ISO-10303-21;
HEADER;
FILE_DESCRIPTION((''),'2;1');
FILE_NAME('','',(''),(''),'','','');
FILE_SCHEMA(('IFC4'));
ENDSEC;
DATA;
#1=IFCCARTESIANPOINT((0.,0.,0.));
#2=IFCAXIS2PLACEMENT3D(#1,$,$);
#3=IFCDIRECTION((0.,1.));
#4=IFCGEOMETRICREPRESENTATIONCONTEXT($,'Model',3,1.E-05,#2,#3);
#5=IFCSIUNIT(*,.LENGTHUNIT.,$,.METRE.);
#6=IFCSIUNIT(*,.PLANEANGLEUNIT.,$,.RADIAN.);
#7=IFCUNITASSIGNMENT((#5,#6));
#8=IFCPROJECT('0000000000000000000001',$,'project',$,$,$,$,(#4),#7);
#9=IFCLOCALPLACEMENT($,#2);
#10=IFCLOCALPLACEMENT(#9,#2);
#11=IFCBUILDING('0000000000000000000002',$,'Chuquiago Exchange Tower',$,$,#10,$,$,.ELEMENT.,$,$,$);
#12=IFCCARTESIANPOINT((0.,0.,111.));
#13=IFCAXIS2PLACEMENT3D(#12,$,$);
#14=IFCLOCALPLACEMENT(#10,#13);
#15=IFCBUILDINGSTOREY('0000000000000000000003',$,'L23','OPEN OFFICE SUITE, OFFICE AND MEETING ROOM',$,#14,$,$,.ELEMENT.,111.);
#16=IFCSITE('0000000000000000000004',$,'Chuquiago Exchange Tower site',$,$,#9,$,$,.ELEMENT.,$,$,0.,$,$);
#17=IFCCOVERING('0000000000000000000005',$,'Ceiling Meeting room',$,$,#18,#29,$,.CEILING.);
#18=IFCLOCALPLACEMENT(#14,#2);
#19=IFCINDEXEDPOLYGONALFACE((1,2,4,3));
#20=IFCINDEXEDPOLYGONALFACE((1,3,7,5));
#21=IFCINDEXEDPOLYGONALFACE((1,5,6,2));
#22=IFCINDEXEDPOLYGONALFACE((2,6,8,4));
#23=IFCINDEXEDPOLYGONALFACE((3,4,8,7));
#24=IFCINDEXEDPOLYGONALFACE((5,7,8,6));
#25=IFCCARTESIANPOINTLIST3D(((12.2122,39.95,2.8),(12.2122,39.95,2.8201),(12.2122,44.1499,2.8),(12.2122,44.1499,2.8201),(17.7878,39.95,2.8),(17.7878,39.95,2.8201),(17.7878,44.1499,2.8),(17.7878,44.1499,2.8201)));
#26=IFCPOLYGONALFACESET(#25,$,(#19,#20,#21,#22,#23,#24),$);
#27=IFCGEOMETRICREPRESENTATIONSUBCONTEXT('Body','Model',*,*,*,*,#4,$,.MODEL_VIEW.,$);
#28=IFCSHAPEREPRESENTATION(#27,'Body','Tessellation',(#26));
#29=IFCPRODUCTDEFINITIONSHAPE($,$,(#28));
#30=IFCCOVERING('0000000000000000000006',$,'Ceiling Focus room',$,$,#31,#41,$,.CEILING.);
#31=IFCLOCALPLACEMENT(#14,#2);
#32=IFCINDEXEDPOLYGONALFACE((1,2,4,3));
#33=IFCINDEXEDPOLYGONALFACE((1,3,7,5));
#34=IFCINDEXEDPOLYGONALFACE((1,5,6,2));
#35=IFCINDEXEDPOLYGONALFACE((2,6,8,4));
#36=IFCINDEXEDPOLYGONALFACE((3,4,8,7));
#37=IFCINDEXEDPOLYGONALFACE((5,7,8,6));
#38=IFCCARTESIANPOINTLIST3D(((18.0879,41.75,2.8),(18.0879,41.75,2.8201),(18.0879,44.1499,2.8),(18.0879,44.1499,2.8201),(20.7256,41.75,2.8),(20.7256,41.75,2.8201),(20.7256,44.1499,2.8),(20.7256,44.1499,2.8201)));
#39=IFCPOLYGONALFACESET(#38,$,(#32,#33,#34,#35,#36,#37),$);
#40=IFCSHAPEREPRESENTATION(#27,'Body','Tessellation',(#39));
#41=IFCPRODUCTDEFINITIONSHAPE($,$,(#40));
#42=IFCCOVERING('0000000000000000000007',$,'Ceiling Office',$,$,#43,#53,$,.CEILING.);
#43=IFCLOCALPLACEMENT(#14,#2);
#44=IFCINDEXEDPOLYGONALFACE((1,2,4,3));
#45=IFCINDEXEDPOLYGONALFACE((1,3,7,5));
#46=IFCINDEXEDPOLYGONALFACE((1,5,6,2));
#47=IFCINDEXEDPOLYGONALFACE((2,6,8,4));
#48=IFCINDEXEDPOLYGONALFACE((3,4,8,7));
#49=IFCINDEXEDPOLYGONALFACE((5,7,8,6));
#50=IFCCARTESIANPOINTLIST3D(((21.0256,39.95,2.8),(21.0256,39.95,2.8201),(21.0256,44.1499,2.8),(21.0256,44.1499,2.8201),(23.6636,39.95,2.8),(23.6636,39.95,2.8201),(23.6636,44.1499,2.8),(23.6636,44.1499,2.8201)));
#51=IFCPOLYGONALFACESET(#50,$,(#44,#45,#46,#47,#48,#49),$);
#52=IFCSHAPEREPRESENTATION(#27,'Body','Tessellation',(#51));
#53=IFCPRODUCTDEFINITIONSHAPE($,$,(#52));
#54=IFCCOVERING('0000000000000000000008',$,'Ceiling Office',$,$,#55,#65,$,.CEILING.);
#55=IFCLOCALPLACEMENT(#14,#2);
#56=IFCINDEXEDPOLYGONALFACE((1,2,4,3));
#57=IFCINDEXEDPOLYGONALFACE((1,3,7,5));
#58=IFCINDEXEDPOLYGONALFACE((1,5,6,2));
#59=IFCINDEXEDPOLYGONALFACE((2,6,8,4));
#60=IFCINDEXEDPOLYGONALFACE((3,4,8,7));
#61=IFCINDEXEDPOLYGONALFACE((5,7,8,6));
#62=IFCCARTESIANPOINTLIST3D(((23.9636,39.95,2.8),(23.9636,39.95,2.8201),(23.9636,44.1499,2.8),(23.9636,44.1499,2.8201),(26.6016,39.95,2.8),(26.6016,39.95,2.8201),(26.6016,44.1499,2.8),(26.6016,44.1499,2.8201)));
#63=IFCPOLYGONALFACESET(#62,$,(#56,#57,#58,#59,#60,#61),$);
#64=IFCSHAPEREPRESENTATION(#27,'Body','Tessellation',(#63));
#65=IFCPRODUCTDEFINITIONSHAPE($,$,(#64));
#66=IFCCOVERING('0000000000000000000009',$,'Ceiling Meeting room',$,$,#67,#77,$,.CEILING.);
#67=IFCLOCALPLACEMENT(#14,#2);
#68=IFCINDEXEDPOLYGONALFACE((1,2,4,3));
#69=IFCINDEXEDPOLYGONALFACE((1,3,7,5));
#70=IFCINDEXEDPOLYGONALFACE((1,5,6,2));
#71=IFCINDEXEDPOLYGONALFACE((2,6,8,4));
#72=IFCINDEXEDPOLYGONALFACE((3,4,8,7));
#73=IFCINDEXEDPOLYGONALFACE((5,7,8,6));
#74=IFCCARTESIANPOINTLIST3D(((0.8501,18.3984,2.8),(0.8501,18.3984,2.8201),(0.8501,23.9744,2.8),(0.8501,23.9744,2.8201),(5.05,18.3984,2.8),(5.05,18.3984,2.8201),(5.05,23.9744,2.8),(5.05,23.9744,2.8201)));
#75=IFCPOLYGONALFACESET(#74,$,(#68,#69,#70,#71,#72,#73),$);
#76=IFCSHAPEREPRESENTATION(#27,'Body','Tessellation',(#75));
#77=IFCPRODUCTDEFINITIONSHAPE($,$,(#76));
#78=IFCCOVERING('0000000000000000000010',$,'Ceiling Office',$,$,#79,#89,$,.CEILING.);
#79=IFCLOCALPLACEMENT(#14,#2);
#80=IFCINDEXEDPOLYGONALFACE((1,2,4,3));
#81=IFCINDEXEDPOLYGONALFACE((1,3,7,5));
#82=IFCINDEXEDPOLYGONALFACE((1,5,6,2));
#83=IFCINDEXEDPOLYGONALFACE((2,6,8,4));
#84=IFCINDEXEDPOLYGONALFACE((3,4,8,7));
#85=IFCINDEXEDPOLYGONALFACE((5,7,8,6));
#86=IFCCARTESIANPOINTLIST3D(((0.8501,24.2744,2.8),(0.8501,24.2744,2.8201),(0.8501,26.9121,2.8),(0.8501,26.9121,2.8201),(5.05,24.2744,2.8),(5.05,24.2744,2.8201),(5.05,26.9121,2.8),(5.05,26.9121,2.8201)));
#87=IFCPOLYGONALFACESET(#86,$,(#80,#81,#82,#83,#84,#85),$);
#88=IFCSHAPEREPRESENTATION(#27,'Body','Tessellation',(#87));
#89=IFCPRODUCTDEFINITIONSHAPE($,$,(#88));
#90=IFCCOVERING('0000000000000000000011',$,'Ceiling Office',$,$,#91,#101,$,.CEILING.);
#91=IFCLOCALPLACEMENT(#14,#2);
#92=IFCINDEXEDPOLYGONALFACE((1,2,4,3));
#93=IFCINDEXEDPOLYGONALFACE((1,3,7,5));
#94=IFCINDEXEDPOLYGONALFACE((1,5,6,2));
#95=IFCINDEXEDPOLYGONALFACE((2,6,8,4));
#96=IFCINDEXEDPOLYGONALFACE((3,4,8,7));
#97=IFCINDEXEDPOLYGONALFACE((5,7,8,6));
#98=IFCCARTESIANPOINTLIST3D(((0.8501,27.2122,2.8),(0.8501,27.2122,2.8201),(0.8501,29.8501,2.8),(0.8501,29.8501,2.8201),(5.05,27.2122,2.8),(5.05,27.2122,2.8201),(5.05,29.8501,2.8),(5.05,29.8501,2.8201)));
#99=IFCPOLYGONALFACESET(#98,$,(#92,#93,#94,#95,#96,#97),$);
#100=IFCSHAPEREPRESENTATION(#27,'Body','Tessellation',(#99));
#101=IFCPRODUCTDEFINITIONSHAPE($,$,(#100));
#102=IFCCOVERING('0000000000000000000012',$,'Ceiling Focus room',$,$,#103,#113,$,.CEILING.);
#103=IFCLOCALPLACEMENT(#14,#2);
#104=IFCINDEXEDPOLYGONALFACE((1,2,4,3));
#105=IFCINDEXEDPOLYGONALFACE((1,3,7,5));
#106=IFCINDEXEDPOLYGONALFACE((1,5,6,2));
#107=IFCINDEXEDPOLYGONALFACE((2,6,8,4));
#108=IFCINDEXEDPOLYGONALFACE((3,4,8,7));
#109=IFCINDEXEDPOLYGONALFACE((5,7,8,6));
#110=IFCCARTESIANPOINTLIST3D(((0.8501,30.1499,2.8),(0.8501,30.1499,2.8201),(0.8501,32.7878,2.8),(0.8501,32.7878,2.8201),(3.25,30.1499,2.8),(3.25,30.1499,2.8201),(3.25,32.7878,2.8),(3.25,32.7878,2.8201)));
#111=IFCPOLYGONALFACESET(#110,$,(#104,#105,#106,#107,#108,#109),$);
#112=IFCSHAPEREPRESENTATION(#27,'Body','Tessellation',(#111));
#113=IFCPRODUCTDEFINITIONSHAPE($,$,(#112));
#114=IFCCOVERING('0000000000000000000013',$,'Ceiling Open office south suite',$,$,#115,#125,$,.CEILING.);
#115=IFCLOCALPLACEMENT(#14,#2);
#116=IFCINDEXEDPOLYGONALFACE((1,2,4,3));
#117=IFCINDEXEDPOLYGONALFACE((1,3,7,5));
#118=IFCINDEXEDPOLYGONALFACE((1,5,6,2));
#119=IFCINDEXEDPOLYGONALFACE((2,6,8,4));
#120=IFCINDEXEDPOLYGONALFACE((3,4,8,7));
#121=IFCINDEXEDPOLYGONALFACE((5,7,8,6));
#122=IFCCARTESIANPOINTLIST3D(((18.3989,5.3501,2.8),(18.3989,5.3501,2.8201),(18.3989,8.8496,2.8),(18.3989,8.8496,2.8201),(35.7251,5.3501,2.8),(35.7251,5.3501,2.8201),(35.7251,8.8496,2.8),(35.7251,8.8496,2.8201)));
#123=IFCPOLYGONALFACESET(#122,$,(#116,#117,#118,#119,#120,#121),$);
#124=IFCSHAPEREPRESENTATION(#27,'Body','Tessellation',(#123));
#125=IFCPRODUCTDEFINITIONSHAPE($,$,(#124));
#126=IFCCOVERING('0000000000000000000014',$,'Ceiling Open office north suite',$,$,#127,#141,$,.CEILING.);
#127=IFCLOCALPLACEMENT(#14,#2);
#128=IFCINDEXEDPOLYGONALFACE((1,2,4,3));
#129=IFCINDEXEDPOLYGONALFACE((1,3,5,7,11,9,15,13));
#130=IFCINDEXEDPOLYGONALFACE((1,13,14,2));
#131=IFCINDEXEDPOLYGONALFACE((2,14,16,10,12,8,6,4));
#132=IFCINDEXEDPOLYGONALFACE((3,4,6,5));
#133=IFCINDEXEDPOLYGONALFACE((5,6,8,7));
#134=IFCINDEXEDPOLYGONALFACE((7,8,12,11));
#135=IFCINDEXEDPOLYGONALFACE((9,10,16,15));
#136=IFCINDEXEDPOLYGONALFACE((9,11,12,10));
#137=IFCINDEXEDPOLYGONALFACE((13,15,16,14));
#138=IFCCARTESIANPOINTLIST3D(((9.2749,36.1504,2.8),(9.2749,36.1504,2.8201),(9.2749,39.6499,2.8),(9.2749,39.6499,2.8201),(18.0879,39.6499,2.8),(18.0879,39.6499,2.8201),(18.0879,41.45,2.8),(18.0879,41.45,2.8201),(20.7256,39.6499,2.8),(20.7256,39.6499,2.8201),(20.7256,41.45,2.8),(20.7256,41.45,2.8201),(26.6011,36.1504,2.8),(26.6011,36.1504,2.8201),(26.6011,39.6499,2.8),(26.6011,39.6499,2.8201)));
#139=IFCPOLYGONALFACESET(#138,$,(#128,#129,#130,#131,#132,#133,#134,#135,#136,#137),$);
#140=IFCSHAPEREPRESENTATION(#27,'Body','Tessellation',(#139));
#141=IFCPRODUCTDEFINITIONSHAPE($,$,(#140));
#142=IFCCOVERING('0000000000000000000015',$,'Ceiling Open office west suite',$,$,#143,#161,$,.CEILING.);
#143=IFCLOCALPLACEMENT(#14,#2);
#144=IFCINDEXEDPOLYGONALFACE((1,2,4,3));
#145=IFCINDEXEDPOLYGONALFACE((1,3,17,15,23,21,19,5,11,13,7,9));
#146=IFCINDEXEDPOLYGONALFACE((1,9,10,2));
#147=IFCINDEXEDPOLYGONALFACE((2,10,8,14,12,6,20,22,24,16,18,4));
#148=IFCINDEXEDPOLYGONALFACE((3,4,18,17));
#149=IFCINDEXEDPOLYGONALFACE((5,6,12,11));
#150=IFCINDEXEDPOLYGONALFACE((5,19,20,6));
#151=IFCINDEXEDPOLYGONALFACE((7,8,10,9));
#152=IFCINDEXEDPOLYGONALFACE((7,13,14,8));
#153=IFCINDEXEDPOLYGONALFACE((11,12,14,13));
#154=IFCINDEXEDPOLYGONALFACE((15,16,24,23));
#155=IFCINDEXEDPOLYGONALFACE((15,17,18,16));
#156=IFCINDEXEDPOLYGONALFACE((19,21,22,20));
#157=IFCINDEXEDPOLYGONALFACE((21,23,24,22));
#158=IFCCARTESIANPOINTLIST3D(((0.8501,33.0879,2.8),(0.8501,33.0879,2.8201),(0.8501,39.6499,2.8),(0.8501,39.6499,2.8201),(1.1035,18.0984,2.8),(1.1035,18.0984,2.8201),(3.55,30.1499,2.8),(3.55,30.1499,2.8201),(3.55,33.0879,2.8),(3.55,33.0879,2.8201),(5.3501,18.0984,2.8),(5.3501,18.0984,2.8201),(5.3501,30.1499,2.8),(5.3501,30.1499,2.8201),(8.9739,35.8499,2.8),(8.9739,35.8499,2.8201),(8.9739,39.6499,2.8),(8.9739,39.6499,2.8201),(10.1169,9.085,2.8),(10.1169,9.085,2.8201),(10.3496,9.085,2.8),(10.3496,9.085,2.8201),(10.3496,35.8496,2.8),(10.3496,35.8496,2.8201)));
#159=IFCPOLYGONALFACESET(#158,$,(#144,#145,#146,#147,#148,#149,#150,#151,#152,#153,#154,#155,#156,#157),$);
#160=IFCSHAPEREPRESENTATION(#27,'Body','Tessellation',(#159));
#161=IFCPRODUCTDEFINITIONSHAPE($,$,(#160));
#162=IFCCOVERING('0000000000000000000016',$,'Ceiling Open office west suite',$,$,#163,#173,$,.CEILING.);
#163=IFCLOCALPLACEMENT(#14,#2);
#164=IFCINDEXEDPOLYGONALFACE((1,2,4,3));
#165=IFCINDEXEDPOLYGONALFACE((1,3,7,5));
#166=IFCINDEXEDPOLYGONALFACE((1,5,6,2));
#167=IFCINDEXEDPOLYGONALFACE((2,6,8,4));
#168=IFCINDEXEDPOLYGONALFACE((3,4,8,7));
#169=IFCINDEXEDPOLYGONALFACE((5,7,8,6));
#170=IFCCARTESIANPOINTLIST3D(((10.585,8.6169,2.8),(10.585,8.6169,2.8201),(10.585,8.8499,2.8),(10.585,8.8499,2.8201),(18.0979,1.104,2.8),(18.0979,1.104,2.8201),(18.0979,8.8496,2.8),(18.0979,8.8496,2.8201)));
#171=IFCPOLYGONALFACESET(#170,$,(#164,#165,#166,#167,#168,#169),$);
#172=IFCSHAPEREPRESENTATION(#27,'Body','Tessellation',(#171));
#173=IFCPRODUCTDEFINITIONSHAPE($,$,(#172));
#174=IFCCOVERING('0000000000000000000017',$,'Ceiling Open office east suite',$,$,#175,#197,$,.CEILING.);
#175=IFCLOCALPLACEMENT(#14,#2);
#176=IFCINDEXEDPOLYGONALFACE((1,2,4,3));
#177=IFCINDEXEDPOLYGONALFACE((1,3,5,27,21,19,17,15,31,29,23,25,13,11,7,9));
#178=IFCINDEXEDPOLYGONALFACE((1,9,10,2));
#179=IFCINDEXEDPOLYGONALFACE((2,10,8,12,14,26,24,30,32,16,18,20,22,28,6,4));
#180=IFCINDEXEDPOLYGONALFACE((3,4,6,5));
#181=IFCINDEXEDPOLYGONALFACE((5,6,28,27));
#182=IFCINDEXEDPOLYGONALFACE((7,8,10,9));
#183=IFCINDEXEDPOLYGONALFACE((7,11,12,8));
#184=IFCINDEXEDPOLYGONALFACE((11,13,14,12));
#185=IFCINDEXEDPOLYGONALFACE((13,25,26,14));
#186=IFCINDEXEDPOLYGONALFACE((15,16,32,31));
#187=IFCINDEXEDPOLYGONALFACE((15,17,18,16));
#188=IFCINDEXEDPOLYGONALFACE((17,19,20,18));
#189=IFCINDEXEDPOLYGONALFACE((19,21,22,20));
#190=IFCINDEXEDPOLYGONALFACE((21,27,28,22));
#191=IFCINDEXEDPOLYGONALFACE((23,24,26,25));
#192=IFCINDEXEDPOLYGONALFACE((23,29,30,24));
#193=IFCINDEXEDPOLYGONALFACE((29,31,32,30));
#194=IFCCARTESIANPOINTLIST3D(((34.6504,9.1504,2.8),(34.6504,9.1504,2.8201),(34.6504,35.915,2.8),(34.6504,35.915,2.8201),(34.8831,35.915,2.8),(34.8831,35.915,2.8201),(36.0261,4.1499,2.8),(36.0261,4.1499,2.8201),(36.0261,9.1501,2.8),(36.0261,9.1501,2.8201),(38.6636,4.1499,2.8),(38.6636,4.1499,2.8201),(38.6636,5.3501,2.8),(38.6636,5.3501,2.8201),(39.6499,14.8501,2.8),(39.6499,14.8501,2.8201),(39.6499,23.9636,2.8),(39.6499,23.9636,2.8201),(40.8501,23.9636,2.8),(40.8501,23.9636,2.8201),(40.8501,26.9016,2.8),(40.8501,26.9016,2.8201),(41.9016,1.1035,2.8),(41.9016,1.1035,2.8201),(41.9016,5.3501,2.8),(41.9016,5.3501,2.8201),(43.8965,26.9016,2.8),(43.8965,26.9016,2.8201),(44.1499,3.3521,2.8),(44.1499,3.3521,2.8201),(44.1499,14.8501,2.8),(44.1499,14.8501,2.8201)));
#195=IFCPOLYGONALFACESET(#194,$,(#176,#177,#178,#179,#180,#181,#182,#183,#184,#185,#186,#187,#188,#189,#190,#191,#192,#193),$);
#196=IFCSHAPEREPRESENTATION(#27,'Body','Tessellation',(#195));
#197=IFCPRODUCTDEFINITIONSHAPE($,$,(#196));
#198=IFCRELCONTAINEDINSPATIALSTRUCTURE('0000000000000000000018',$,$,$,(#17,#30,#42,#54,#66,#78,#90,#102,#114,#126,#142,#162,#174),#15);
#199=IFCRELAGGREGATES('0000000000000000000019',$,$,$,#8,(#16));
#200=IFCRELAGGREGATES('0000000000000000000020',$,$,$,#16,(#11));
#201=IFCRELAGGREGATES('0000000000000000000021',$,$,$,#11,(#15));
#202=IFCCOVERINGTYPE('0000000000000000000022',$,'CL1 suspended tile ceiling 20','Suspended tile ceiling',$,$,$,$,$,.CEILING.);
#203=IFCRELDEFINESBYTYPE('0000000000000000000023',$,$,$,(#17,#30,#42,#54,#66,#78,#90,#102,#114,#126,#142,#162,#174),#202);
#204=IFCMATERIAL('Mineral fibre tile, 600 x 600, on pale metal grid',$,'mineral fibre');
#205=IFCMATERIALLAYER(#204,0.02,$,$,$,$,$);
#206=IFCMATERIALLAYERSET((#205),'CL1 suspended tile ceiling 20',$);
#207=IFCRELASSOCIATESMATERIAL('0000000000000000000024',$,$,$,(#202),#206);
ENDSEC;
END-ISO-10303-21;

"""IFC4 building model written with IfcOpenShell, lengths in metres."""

from ifc_helpers import new_model, si_unit, direction, frame, origin, place, context, subcontext, project, spatial, polyline, outline, extrude, material, layer, layer_set, type_object, element, save


model = new_model("IFC4")

# Units and contexts
model_context = context("Model", 3, precision=1e-05, world=origin(), true_north=direction((0.0, 1.0)))
body_context = subcontext(model_context, "Body", "Model", "MODEL_VIEW")
ifc_project = project(units=[si_unit("LENGTHUNIT", "METRE"), si_unit("PLANEANGLEUNIT", "RADIAN")], contexts=[model_context])

# Site, building, storey
site_placement = place(None, origin())
site = spatial("IfcSite", under=ifc_project, at=site_placement, Name="Chuquiago Exchange Tower site", CompositionType="ELEMENT", RefElevation=0.0)
building_placement = place(site_placement, origin())
building = spatial("IfcBuilding", under=site, at=building_placement, Name="Chuquiago Exchange Tower", CompositionType="ELEMENT")
storey_placement = place(building_placement, frame((0.0, 0.0, 111.0)))
storey = spatial("IfcBuildingStorey", under=building, at=storey_placement, Name="L23", Description="OPEN OFFICE SUITE, OFFICE AND MEETING ROOM", CompositionType="ELEMENT", Elevation=111.0)

# Coverings
ifc_material_1 = material(Name="Mineral fibre tile, 600 x 600, on pale metal grid", Category="mineral fibre")
ifc_layer_1 = layer(ifc_material_1, 0.02)
ifc_layer_set_1 = layer_set([ifc_layer_1], Name="CL1 suspended tile ceiling 20")
covering_type_1 = type_object("IfcCoveringType", Name="CL1 suspended tile ceiling 20", Description="Suspended tile ceiling", PredefinedType="CEILING", material=ifc_layer_set_1)
covering_1_placement = place(storey_placement, frame((0.0, 0.0, 2.8)))
element("IfcCovering", 1, at=covering_1_placement, inside=storey, type_object=covering_type_1, Name="Ceiling Meeting room", PredefinedType="CEILING", context=body_context, shape_type="SweptSolid", body=[
    extrude(outline(polyline([(17.7878, 39.95), (12.2122, 39.95), (12.2122, 44.1499), (17.7878, 44.1499), (17.7878, 39.95)])), origin(), (0.0, 0.0, 1.0), 0.02),
])
covering_2_placement = place(storey_placement, frame((0.0, 0.0, 2.8)))
element("IfcCovering", 2, at=covering_2_placement, inside=storey, type_object=covering_type_1, Name="Ceiling Focus room", PredefinedType="CEILING", context=body_context, shape_type="SweptSolid", body=[
    extrude(outline(polyline([(20.7256, 41.75), (18.0879, 41.75), (18.0879, 44.1499), (20.7256, 44.1499), (20.7256, 41.75)])), origin(), (0.0, 0.0, 1.0), 0.02),
])
covering_3_placement = place(storey_placement, frame((0.0, 0.0, 2.8)))
element("IfcCovering", 3, at=covering_3_placement, inside=storey, type_object=covering_type_1, Name="Ceiling Office", PredefinedType="CEILING", context=body_context, shape_type="SweptSolid", body=[
    extrude(outline(polyline([(23.6636, 39.95), (21.0256, 39.95), (21.0256, 44.1499), (23.6636, 44.1499), (23.6636, 39.95)])), origin(), (0.0, 0.0, 1.0), 0.02),
])
covering_4_placement = place(storey_placement, frame((0.0, 0.0, 2.8)))
element("IfcCovering", 4, at=covering_4_placement, inside=storey, type_object=covering_type_1, Name="Ceiling Office", PredefinedType="CEILING", context=body_context, shape_type="SweptSolid", body=[
    extrude(outline(polyline([(26.6016, 39.95), (23.9636, 39.95), (23.9636, 44.1499), (26.6016, 44.1499), (26.6016, 39.95)])), origin(), (0.0, 0.0, 1.0), 0.02),
])
covering_5_placement = place(storey_placement, frame((0.0, 0.0, 2.8)))
element("IfcCovering", 5, at=covering_5_placement, inside=storey, type_object=covering_type_1, Name="Ceiling Meeting room", PredefinedType="CEILING", context=body_context, shape_type="SweptSolid", body=[
    extrude(outline(polyline([(0.8501, 23.9744), (5.05, 23.9744), (5.05, 18.3984), (0.8501, 18.3984), (0.8501, 23.9744)])), origin(), (0.0, 0.0, 1.0), 0.02),
])
covering_6_placement = place(storey_placement, frame((0.0, 0.0, 2.8)))
element("IfcCovering", 6, at=covering_6_placement, inside=storey, type_object=covering_type_1, Name="Ceiling Office", PredefinedType="CEILING", context=body_context, shape_type="SweptSolid", body=[
    extrude(outline(polyline([(5.05, 26.9121), (5.05, 24.2744), (0.8501, 24.2744), (0.8501, 26.9121), (5.05, 26.9121)])), origin(), (0.0, 0.0, 1.0), 0.02),
])
covering_7_placement = place(storey_placement, frame((0.0, 0.0, 2.8)))
element("IfcCovering", 7, at=covering_7_placement, inside=storey, type_object=covering_type_1, Name="Ceiling Office", PredefinedType="CEILING", context=body_context, shape_type="SweptSolid", body=[
    extrude(outline(polyline([(5.05, 29.8501), (5.05, 27.2122), (0.8501, 27.2122), (0.8501, 29.8501), (5.05, 29.8501)])), origin(), (0.0, 0.0, 1.0), 0.02),
])
covering_8_placement = place(storey_placement, frame((0.0, 0.0, 2.8)))
element("IfcCovering", 8, at=covering_8_placement, inside=storey, type_object=covering_type_1, Name="Ceiling Focus room", PredefinedType="CEILING", context=body_context, shape_type="SweptSolid", body=[
    extrude(outline(polyline([(3.25, 32.7878), (3.25, 30.1499), (0.8501, 30.1499), (0.8501, 32.7878), (3.25, 32.7878)])), origin(), (0.0, 0.0, 1.0), 0.02),
])
covering_9_placement = place(storey_placement, frame((0.0, 0.0, 2.8)))
element("IfcCovering", 9, at=covering_9_placement, inside=storey, type_object=covering_type_1, Name="Ceiling Open office south suite", PredefinedType="CEILING", context=body_context, shape_type="SweptSolid", body=[
    extrude(outline(polyline([(18.3989, 5.3501), (18.3989, 8.8496), (35.7251, 8.8496), (35.7251, 5.3501), (18.3989, 5.3501)])), origin(), (0.0, 0.0, 1.0), 0.02),
])
covering_10_placement = place(storey_placement, frame((0.0, 0.0, 2.8)))
element("IfcCovering", 10, at=covering_10_placement, inside=storey, type_object=covering_type_1, Name="Ceiling Open office north suite", PredefinedType="CEILING", context=body_context, shape_type="SweptSolid", body=[
    extrude(outline(polyline([(18.0879, 39.6499), (18.0879, 41.45), (20.7256, 41.45), (20.7256, 39.6499), (26.6011, 39.6499), (26.6011, 36.1504), (9.2749, 36.1504), (9.2749, 39.6499), (18.0879, 39.6499)])), origin(), (0.0, 0.0, 1.0), 0.02),
])
covering_11_placement = place(storey_placement, frame((0.0, 0.0, 2.8)))
element("IfcCovering", 11, at=covering_11_placement, inside=storey, type_object=covering_type_1, Name="Ceiling Open office west suite", PredefinedType="CEILING", context=body_context, shape_type="SweptSolid", body=[
    extrude(outline(polyline([(8.9739, 39.6499), (8.9739, 35.8499), (10.3496, 35.8496), (10.3496, 9.085), (10.1169, 9.085), (1.1035, 18.0984), (5.3501, 18.0984), (5.3501, 30.1499), (3.55, 30.1499), (3.55, 33.0879), (0.8501, 33.0879), (0.8501, 39.6499), (8.9739, 39.6499)])), origin(), (0.0, 0.0, 1.0), 0.02),
])
covering_12_placement = place(storey_placement, frame((0.0, 0.0, 2.8)))
element("IfcCovering", 12, at=covering_12_placement, inside=storey, type_object=covering_type_1, Name="Ceiling Open office west suite", PredefinedType="CEILING", context=body_context, shape_type="SweptSolid", body=[
    extrude(outline(polyline([(18.0979, 8.8496), (18.0979, 1.104), (10.585, 8.6169), (10.585, 8.8499), (18.0979, 8.8496)])), origin(), (0.0, 0.0, 1.0), 0.02),
])
covering_13_placement = place(storey_placement, frame((0.0, 0.0, 2.8)))
element("IfcCovering", 13, at=covering_13_placement, inside=storey, type_object=covering_type_1, Name="Ceiling Open office east suite", PredefinedType="CEILING", context=body_context, shape_type="SweptSolid", body=[
    extrude(outline(polyline([(43.8965, 26.9016), (40.8501, 26.9016), (40.8501, 23.9636), (39.6499, 23.9636), (39.6499, 14.8501), (44.1499, 14.8501), (44.1499, 3.3521), (41.9016, 1.1035), (41.9016, 5.3501), (38.6636, 5.3501), (38.6636, 4.1499), (36.0261, 4.1499), (36.0261, 9.1501), (34.6504, 9.1504), (34.6504, 35.915), (34.8831, 35.915), (43.8965, 26.9016)])), origin(), (0.0, 0.0, 1.0), 0.02),
])

save(model, "model.ifc")
